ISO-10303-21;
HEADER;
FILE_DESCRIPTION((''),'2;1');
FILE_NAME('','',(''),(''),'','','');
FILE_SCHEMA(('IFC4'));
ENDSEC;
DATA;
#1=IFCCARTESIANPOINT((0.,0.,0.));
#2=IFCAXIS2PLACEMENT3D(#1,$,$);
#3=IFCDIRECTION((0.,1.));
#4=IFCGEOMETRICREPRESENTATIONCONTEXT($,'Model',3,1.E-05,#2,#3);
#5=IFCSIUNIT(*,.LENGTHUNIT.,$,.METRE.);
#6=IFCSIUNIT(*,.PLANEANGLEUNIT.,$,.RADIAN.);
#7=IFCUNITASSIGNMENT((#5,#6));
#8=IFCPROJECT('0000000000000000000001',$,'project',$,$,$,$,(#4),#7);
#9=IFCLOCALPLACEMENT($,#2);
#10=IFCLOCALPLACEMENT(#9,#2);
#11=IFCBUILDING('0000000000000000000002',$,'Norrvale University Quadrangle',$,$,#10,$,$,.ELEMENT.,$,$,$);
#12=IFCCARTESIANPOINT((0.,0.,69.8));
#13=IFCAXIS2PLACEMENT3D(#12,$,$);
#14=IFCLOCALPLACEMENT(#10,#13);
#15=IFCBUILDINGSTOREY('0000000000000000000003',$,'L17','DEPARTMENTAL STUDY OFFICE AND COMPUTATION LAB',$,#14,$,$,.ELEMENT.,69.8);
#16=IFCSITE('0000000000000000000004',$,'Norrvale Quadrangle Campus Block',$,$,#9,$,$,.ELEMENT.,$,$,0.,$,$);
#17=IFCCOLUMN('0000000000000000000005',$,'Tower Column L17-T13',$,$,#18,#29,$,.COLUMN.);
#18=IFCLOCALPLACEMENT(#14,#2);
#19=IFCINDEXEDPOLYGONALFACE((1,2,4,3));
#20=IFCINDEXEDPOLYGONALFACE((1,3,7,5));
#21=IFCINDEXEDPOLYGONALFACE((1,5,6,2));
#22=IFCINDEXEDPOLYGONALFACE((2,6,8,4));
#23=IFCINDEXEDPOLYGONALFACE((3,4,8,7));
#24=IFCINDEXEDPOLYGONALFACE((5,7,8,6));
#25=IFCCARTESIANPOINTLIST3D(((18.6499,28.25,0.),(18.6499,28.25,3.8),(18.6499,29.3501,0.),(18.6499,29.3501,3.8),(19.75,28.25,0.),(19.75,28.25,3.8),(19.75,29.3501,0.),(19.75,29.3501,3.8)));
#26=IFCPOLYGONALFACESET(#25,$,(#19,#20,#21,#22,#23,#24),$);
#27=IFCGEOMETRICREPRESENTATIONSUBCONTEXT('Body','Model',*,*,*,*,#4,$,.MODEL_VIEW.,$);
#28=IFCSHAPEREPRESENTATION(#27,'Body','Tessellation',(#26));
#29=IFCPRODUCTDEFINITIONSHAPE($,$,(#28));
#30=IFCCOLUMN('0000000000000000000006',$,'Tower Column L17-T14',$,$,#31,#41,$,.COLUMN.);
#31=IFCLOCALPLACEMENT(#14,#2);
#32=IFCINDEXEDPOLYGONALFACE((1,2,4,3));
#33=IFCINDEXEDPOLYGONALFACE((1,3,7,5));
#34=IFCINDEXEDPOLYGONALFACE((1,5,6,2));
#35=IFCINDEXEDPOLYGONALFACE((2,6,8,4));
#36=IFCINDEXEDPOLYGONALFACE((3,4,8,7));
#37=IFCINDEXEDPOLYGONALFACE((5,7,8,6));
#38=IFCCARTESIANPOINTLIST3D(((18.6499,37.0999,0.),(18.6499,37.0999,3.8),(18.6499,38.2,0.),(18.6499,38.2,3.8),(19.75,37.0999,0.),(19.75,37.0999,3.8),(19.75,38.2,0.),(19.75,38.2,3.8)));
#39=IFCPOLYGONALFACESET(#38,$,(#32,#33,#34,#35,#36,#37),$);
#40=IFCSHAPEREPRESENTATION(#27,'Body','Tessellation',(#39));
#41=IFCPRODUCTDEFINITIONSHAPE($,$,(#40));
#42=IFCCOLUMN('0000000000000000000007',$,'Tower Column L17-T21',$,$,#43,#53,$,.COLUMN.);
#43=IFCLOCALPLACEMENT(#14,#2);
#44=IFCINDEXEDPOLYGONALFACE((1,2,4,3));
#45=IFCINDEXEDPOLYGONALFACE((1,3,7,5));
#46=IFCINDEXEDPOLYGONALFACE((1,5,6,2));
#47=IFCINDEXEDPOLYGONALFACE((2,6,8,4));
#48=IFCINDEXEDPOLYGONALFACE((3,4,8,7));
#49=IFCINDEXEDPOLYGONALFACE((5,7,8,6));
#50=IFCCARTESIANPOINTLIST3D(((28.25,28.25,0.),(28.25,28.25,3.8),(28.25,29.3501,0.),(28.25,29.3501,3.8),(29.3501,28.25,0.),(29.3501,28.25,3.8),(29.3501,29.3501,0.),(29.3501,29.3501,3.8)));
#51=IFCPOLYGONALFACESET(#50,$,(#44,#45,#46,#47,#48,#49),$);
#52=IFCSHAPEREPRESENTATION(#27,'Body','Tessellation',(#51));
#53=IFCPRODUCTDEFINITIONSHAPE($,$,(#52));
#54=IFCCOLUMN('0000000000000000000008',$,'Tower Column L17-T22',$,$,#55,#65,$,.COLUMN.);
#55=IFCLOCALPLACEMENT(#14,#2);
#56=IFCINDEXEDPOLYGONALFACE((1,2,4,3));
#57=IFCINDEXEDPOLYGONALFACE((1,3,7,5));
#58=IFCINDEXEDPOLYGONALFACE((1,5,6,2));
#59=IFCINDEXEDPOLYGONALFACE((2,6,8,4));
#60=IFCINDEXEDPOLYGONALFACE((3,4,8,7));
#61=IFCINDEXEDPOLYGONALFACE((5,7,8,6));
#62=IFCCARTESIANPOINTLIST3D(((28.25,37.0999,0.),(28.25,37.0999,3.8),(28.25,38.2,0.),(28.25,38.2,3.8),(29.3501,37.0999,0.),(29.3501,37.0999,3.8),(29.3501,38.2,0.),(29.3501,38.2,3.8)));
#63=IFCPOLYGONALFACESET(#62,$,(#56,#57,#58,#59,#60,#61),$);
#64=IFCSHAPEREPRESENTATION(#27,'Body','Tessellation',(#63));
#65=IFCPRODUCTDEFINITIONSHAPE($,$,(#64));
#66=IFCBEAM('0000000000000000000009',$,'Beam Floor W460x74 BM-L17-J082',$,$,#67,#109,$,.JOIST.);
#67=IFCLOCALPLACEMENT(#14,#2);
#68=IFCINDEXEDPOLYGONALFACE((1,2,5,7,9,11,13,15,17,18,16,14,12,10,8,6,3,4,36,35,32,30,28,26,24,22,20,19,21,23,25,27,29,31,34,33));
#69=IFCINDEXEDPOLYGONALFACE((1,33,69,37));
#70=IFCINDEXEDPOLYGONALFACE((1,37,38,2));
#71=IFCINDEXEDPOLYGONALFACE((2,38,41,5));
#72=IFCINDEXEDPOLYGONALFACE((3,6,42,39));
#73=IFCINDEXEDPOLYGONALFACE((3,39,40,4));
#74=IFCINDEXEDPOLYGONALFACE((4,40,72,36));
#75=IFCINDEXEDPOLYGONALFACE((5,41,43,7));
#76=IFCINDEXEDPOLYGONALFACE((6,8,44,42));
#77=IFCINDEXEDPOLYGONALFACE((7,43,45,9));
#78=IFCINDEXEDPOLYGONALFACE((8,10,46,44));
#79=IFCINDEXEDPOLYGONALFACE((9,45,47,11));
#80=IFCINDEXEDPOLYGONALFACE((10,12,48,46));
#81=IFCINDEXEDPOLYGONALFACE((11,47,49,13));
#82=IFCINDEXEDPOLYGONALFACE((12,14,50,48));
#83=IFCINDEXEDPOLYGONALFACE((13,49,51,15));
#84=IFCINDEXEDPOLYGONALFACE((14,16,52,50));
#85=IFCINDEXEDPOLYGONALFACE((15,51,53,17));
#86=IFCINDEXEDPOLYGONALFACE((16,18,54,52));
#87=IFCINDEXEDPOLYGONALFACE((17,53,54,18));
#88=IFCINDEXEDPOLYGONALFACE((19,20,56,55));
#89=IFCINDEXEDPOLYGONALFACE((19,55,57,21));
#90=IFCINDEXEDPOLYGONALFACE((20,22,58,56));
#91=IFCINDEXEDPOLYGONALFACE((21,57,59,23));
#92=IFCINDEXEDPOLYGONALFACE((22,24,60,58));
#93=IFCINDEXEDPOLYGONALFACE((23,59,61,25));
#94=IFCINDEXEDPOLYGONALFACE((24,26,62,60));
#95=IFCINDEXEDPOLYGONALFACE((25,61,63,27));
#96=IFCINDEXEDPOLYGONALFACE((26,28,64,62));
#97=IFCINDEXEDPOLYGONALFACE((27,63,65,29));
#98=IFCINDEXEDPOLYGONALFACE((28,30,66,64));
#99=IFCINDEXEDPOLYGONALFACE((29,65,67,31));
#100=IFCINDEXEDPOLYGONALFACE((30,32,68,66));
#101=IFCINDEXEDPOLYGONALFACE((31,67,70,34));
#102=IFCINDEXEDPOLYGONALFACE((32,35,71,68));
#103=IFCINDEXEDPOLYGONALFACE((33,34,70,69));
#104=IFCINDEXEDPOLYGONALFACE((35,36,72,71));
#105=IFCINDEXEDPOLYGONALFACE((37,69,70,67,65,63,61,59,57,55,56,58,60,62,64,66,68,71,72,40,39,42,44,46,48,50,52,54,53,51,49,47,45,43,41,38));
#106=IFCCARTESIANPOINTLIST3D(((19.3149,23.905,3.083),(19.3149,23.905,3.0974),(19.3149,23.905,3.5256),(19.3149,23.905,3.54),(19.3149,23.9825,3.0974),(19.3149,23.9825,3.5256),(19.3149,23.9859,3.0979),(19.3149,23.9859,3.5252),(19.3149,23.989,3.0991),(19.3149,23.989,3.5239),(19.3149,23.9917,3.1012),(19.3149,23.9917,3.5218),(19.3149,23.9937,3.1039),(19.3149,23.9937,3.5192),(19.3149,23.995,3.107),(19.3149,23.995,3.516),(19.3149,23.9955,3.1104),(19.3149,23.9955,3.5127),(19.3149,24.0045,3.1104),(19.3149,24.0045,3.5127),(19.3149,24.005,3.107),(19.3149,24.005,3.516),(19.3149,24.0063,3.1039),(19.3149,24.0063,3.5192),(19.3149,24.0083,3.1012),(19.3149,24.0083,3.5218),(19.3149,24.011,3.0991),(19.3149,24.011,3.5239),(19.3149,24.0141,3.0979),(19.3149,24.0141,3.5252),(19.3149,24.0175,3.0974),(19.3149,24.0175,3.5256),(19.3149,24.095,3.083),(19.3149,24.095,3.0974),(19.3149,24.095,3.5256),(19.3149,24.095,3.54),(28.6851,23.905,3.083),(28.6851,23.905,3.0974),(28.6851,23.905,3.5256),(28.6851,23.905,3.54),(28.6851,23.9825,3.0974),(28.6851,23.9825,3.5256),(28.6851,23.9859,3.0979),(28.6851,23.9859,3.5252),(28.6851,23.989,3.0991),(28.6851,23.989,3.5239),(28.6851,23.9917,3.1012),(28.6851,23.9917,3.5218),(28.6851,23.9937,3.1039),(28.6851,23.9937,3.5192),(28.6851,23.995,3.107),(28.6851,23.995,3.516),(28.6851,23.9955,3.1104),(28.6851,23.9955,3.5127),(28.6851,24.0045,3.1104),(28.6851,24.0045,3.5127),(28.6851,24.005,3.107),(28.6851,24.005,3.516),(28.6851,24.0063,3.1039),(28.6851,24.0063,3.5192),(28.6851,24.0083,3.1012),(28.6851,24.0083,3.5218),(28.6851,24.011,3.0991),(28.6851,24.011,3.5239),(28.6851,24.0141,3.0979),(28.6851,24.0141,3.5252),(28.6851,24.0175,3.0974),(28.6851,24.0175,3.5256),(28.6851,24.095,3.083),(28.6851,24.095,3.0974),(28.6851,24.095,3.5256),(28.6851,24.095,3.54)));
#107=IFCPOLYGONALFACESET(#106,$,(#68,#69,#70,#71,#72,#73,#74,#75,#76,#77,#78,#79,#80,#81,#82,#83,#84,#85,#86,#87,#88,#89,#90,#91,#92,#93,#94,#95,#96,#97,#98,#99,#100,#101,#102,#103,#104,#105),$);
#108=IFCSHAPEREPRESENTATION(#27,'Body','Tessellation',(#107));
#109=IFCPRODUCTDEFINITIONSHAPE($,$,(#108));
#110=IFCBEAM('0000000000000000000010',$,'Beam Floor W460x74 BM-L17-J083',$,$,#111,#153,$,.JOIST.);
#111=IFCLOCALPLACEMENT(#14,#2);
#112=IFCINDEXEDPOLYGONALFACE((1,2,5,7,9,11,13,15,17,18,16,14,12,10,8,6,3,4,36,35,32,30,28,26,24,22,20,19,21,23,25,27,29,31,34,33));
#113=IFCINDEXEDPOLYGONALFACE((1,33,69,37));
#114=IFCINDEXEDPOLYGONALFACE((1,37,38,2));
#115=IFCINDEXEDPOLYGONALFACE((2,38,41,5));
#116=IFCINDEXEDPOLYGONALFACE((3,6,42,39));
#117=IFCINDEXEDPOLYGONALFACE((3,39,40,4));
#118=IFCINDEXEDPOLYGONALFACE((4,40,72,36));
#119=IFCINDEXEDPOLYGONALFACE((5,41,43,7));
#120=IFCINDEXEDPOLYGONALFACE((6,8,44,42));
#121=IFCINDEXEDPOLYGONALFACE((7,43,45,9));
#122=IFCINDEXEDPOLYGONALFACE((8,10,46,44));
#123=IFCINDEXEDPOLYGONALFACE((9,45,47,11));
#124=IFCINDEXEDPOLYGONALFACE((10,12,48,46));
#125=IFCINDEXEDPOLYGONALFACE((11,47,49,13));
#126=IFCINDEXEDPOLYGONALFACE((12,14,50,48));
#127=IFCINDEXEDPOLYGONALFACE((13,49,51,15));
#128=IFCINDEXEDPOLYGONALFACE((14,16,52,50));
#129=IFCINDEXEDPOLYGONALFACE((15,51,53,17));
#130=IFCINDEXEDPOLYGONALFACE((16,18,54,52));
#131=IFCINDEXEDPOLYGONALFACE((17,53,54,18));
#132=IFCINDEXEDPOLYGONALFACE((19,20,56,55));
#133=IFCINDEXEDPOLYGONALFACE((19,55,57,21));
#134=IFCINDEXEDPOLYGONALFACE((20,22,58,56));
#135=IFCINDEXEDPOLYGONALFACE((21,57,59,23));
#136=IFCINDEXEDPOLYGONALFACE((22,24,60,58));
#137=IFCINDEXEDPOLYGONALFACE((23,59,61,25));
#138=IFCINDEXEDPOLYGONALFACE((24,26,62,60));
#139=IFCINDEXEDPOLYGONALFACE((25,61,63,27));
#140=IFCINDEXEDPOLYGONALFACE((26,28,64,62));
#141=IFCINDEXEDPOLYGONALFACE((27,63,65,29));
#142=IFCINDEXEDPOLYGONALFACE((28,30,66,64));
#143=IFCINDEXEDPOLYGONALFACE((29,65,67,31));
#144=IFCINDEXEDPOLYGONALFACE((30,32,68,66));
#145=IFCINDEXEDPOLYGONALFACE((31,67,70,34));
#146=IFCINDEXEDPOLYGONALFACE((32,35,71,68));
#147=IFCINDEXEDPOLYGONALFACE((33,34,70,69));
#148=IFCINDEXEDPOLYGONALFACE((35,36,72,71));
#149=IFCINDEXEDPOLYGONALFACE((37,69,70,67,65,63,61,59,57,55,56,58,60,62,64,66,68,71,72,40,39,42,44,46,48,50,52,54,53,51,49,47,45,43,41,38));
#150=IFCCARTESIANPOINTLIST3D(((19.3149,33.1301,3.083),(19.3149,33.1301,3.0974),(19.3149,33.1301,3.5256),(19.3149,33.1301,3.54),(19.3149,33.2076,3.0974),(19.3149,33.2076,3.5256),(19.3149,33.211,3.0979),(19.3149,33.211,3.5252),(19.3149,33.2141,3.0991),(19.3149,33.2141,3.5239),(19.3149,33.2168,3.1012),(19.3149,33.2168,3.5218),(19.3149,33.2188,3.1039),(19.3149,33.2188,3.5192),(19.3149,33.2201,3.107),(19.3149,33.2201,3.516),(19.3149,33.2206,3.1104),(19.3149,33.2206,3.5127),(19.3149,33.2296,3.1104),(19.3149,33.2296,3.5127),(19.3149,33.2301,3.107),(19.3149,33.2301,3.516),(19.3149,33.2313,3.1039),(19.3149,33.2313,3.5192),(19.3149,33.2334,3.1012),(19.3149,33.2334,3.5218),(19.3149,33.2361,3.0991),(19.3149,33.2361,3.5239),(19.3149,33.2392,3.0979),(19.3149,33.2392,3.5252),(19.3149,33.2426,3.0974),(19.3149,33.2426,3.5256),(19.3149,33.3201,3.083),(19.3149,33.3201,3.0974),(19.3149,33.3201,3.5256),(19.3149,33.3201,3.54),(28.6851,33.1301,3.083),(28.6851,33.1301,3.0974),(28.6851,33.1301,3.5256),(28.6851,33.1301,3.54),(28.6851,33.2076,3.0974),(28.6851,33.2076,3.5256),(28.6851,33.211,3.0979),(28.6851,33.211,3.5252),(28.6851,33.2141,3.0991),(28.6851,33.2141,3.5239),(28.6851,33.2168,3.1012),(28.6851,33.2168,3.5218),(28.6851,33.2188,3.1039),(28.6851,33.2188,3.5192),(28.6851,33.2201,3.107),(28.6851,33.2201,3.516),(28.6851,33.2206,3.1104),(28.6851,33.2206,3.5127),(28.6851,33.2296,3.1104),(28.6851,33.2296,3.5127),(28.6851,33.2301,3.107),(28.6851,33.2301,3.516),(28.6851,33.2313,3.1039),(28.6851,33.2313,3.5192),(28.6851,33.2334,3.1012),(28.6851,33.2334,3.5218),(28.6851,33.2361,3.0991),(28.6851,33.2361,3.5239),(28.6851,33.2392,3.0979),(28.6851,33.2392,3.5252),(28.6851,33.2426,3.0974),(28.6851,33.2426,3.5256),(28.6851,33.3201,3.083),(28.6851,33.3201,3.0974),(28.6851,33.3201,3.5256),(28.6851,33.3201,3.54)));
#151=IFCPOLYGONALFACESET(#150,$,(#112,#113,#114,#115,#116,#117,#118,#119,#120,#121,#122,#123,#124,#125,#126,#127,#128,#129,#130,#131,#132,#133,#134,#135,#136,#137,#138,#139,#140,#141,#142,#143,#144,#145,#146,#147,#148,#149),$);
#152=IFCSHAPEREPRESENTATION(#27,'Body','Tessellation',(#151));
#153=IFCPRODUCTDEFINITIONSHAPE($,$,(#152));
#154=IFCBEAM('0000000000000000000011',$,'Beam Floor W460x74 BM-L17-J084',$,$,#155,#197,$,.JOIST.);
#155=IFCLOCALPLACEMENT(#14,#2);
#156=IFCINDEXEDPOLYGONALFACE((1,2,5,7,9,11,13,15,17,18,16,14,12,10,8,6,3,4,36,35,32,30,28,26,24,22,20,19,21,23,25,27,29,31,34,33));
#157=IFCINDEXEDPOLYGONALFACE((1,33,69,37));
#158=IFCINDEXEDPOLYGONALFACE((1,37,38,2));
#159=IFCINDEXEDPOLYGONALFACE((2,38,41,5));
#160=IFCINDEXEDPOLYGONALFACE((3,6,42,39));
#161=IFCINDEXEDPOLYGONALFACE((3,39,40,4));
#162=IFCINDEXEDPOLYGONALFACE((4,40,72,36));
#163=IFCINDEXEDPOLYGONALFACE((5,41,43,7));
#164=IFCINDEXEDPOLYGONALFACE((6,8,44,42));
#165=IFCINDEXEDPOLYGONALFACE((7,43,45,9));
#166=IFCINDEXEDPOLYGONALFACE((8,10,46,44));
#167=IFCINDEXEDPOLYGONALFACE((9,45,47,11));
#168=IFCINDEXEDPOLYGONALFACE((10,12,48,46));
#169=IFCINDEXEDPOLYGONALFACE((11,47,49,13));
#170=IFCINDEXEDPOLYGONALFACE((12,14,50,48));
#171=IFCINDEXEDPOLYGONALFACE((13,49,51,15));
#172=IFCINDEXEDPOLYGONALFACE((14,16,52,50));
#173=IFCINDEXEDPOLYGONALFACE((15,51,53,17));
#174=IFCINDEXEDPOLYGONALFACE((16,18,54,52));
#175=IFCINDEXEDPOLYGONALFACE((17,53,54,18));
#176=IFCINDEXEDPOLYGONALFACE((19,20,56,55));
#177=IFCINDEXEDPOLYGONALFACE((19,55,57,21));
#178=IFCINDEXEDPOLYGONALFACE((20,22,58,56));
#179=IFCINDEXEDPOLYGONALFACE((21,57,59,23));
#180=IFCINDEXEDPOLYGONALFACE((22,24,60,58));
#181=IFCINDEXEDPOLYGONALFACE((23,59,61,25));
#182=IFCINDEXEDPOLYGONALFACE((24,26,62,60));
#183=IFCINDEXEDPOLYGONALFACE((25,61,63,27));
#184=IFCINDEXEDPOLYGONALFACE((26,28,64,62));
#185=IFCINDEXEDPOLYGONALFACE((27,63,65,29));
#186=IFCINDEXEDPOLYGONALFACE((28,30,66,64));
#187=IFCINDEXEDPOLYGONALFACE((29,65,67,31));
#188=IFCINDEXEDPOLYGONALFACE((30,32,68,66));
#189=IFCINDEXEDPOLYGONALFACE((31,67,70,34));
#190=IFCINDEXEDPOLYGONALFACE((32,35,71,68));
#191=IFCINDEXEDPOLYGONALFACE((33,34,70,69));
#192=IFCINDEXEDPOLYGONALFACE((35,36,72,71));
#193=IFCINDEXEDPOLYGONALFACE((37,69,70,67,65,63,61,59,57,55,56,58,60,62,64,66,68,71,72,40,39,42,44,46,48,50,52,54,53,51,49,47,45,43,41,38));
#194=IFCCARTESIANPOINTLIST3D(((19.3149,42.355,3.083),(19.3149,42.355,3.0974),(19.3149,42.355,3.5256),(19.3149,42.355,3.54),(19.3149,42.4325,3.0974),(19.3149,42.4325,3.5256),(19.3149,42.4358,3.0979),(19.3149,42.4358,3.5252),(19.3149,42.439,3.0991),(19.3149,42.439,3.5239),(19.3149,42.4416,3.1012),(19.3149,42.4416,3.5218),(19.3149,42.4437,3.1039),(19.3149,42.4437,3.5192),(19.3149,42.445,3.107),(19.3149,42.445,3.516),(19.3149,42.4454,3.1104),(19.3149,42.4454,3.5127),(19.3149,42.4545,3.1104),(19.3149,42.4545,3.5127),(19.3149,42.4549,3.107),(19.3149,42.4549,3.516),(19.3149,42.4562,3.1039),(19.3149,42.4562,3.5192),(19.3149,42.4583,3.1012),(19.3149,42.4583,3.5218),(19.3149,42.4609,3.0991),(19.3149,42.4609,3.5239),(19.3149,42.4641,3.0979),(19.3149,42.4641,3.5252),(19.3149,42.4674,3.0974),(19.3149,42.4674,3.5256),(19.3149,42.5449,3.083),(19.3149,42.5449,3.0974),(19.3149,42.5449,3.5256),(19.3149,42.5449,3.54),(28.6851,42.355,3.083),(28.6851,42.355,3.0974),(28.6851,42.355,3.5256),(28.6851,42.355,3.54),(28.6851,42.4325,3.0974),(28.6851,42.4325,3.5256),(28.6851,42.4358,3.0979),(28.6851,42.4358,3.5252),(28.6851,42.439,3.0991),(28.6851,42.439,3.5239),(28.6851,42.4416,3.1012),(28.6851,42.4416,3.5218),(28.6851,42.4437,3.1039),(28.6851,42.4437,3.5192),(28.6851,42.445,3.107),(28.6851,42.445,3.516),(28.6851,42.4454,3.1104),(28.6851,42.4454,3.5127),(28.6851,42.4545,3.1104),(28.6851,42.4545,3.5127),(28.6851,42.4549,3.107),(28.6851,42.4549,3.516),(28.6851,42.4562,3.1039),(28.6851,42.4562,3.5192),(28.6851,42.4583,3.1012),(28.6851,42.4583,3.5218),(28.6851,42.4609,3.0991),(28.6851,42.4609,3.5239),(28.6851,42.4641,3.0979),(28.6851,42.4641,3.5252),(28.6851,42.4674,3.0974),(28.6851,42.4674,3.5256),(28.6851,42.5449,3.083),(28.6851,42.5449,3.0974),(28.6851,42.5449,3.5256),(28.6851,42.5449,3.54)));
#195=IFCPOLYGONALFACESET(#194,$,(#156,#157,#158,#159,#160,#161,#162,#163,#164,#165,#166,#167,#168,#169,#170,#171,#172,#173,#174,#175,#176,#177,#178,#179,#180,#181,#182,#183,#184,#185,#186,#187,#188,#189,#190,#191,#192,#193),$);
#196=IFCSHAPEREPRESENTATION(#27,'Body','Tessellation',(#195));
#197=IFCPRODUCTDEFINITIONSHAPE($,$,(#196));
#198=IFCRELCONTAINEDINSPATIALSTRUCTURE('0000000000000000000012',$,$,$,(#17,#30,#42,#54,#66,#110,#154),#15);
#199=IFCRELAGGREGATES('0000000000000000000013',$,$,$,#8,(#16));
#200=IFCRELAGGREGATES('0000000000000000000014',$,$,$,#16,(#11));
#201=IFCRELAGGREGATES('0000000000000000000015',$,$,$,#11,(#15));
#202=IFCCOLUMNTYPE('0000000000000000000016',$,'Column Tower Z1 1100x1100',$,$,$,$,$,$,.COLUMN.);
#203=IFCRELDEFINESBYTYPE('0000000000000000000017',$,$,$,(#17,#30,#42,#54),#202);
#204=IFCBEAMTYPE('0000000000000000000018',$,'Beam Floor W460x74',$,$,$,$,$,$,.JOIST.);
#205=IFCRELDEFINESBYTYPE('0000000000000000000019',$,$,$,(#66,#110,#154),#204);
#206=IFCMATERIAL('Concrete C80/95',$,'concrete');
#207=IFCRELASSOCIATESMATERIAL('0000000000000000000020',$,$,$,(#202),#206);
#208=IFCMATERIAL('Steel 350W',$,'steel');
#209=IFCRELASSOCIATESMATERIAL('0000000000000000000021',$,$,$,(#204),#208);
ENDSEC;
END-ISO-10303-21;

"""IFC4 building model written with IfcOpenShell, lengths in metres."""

from ifc_helpers import new_model, si_unit, direction, frame, origin, origin_2d, place, context, subcontext, project, spatial, rectangle, i_section, extrude, material, material_profile, profile_set, type_object, element, save


model = new_model("IFC4")

# Units and contexts
model_context = context("Model", 3, precision=1e-05, world=origin(), true_north=direction((0.0, 1.0)))
body_context = subcontext(model_context, "Body", "Model", "MODEL_VIEW")
ifc_project = project(units=[si_unit("LENGTHUNIT", "METRE"), si_unit("PLANEANGLEUNIT", "RADIAN")], contexts=[model_context])

# Site, building, storey
site_placement = place(None, origin())
site = spatial("IfcSite", under=ifc_project, at=site_placement, Name="Norrvale Quadrangle Campus Block", CompositionType="ELEMENT", RefElevation=0.0)
building_placement = place(site_placement, origin())
building = spatial("IfcBuilding", under=site, at=building_placement, Name="Norrvale University Quadrangle", CompositionType="ELEMENT")
storey_placement = place(building_placement, frame((0.0, 0.0, 69.8)))
storey = spatial("IfcBuildingStorey", under=building, at=storey_placement, Name="L17", Description="DEPARTMENTAL STUDY OFFICE AND COMPUTATION LAB", CompositionType="ELEMENT", Elevation=69.8)

# Columns
ifc_material_1 = material(Name="Concrete C80/95", Category="concrete")
ifc_material_profile_1 = material_profile(ifc_material_1, rectangle(XDim=1.1001, YDim=1.1001, at=origin_2d()), Name="Concrete C80/95")
ifc_profile_set_1 = profile_set([ifc_material_profile_1], Name="Concrete C80/95")
column_type = type_object("IfcColumnType", Name="Column Tower Z1 1100x1100", PredefinedType="COLUMN", material=ifc_profile_set_1)
for number, where, z_axis, x_axis, name in (
    (1, (19.2, 28.8, 0.0), (0.0, 0.0, 1.0), (1.0, 0.0, 0.0), "Tower Column L17-T13"),
    (2, (19.2, 37.6499, 0.0), (0.0, 0.0, 1.0), (1.0, 0.0, 0.0), "Tower Column L17-T14"),
    (3, (28.8, 28.8, 0.0), (0.0, 0.0, 1.0), (1.0, 0.0, 0.0), "Tower Column L17-T21"),
    (4, (28.8, 37.6499, 0.0), (0.0, 0.0, 1.0), (1.0, 0.0, 0.0), "Tower Column L17-T22"),
):
    element("IfcColumn", number, at=place(storey_placement, frame(where, z_axis=z_axis, x_axis=x_axis)), inside=storey, type_object=column_type, Name=name, PredefinedType="COLUMN", context=body_context, shape_type="SweptSolid", body=[
        extrude(rectangle(XDim=1.1001, YDim=1.1001, at=origin_2d()), origin(), (0.0, 0.0, 1.0), 3.8),
    ])

# Beams
ifc_material_2 = material(Name="Steel 350W", Category="steel")
ifc_material_profile_2 = material_profile(ifc_material_2, i_section(OverallWidth=0.1899, OverallDepth=0.457, WebThickness=0.009, FlangeThickness=0.0144, FilletRadius=0.0129, at=origin_2d()), Name="Steel 350W")
ifc_profile_set_2 = profile_set([ifc_material_profile_2], Name="Steel 350W")
beam_type_1 = type_object("IfcBeamType", Name="Beam Floor W460x74", PredefinedType="JOIST", material=ifc_profile_set_2)
for number, where, z_axis, x_axis, name in (
    (5, (19.3149, 24.0, 3.3115), (1.0, 0.0, 0.0), (0.0, 1.0, 0.0), "Beam Floor W460x74 BM-L17-J082"),
    (6, (19.3149, 33.2251, 3.3115), (1.0, 0.0, 0.0), (0.0, 1.0, 0.0), "Beam Floor W460x74 BM-L17-J083"),
    (7, (19.3149, 42.45, 3.3115), (1.0, 0.0, 0.0), (0.0, 1.0, 0.0), "Beam Floor W460x74 BM-L17-J084"),
):
    element("IfcBeam", number, at=place(storey_placement, frame(where, z_axis=z_axis, x_axis=x_axis)), inside=storey, type_object=beam_type_1, Name=name, PredefinedType="JOIST", context=body_context, shape_type="SweptSolid", body=[
        extrude(i_section(OverallWidth=0.1899, OverallDepth=0.457, WebThickness=0.009, FlangeThickness=0.0144, FilletRadius=0.0129, at=origin_2d()), origin(), (0.0, 0.0, 1.0), 9.3701),
    ])

save(model, "model.ifc")
